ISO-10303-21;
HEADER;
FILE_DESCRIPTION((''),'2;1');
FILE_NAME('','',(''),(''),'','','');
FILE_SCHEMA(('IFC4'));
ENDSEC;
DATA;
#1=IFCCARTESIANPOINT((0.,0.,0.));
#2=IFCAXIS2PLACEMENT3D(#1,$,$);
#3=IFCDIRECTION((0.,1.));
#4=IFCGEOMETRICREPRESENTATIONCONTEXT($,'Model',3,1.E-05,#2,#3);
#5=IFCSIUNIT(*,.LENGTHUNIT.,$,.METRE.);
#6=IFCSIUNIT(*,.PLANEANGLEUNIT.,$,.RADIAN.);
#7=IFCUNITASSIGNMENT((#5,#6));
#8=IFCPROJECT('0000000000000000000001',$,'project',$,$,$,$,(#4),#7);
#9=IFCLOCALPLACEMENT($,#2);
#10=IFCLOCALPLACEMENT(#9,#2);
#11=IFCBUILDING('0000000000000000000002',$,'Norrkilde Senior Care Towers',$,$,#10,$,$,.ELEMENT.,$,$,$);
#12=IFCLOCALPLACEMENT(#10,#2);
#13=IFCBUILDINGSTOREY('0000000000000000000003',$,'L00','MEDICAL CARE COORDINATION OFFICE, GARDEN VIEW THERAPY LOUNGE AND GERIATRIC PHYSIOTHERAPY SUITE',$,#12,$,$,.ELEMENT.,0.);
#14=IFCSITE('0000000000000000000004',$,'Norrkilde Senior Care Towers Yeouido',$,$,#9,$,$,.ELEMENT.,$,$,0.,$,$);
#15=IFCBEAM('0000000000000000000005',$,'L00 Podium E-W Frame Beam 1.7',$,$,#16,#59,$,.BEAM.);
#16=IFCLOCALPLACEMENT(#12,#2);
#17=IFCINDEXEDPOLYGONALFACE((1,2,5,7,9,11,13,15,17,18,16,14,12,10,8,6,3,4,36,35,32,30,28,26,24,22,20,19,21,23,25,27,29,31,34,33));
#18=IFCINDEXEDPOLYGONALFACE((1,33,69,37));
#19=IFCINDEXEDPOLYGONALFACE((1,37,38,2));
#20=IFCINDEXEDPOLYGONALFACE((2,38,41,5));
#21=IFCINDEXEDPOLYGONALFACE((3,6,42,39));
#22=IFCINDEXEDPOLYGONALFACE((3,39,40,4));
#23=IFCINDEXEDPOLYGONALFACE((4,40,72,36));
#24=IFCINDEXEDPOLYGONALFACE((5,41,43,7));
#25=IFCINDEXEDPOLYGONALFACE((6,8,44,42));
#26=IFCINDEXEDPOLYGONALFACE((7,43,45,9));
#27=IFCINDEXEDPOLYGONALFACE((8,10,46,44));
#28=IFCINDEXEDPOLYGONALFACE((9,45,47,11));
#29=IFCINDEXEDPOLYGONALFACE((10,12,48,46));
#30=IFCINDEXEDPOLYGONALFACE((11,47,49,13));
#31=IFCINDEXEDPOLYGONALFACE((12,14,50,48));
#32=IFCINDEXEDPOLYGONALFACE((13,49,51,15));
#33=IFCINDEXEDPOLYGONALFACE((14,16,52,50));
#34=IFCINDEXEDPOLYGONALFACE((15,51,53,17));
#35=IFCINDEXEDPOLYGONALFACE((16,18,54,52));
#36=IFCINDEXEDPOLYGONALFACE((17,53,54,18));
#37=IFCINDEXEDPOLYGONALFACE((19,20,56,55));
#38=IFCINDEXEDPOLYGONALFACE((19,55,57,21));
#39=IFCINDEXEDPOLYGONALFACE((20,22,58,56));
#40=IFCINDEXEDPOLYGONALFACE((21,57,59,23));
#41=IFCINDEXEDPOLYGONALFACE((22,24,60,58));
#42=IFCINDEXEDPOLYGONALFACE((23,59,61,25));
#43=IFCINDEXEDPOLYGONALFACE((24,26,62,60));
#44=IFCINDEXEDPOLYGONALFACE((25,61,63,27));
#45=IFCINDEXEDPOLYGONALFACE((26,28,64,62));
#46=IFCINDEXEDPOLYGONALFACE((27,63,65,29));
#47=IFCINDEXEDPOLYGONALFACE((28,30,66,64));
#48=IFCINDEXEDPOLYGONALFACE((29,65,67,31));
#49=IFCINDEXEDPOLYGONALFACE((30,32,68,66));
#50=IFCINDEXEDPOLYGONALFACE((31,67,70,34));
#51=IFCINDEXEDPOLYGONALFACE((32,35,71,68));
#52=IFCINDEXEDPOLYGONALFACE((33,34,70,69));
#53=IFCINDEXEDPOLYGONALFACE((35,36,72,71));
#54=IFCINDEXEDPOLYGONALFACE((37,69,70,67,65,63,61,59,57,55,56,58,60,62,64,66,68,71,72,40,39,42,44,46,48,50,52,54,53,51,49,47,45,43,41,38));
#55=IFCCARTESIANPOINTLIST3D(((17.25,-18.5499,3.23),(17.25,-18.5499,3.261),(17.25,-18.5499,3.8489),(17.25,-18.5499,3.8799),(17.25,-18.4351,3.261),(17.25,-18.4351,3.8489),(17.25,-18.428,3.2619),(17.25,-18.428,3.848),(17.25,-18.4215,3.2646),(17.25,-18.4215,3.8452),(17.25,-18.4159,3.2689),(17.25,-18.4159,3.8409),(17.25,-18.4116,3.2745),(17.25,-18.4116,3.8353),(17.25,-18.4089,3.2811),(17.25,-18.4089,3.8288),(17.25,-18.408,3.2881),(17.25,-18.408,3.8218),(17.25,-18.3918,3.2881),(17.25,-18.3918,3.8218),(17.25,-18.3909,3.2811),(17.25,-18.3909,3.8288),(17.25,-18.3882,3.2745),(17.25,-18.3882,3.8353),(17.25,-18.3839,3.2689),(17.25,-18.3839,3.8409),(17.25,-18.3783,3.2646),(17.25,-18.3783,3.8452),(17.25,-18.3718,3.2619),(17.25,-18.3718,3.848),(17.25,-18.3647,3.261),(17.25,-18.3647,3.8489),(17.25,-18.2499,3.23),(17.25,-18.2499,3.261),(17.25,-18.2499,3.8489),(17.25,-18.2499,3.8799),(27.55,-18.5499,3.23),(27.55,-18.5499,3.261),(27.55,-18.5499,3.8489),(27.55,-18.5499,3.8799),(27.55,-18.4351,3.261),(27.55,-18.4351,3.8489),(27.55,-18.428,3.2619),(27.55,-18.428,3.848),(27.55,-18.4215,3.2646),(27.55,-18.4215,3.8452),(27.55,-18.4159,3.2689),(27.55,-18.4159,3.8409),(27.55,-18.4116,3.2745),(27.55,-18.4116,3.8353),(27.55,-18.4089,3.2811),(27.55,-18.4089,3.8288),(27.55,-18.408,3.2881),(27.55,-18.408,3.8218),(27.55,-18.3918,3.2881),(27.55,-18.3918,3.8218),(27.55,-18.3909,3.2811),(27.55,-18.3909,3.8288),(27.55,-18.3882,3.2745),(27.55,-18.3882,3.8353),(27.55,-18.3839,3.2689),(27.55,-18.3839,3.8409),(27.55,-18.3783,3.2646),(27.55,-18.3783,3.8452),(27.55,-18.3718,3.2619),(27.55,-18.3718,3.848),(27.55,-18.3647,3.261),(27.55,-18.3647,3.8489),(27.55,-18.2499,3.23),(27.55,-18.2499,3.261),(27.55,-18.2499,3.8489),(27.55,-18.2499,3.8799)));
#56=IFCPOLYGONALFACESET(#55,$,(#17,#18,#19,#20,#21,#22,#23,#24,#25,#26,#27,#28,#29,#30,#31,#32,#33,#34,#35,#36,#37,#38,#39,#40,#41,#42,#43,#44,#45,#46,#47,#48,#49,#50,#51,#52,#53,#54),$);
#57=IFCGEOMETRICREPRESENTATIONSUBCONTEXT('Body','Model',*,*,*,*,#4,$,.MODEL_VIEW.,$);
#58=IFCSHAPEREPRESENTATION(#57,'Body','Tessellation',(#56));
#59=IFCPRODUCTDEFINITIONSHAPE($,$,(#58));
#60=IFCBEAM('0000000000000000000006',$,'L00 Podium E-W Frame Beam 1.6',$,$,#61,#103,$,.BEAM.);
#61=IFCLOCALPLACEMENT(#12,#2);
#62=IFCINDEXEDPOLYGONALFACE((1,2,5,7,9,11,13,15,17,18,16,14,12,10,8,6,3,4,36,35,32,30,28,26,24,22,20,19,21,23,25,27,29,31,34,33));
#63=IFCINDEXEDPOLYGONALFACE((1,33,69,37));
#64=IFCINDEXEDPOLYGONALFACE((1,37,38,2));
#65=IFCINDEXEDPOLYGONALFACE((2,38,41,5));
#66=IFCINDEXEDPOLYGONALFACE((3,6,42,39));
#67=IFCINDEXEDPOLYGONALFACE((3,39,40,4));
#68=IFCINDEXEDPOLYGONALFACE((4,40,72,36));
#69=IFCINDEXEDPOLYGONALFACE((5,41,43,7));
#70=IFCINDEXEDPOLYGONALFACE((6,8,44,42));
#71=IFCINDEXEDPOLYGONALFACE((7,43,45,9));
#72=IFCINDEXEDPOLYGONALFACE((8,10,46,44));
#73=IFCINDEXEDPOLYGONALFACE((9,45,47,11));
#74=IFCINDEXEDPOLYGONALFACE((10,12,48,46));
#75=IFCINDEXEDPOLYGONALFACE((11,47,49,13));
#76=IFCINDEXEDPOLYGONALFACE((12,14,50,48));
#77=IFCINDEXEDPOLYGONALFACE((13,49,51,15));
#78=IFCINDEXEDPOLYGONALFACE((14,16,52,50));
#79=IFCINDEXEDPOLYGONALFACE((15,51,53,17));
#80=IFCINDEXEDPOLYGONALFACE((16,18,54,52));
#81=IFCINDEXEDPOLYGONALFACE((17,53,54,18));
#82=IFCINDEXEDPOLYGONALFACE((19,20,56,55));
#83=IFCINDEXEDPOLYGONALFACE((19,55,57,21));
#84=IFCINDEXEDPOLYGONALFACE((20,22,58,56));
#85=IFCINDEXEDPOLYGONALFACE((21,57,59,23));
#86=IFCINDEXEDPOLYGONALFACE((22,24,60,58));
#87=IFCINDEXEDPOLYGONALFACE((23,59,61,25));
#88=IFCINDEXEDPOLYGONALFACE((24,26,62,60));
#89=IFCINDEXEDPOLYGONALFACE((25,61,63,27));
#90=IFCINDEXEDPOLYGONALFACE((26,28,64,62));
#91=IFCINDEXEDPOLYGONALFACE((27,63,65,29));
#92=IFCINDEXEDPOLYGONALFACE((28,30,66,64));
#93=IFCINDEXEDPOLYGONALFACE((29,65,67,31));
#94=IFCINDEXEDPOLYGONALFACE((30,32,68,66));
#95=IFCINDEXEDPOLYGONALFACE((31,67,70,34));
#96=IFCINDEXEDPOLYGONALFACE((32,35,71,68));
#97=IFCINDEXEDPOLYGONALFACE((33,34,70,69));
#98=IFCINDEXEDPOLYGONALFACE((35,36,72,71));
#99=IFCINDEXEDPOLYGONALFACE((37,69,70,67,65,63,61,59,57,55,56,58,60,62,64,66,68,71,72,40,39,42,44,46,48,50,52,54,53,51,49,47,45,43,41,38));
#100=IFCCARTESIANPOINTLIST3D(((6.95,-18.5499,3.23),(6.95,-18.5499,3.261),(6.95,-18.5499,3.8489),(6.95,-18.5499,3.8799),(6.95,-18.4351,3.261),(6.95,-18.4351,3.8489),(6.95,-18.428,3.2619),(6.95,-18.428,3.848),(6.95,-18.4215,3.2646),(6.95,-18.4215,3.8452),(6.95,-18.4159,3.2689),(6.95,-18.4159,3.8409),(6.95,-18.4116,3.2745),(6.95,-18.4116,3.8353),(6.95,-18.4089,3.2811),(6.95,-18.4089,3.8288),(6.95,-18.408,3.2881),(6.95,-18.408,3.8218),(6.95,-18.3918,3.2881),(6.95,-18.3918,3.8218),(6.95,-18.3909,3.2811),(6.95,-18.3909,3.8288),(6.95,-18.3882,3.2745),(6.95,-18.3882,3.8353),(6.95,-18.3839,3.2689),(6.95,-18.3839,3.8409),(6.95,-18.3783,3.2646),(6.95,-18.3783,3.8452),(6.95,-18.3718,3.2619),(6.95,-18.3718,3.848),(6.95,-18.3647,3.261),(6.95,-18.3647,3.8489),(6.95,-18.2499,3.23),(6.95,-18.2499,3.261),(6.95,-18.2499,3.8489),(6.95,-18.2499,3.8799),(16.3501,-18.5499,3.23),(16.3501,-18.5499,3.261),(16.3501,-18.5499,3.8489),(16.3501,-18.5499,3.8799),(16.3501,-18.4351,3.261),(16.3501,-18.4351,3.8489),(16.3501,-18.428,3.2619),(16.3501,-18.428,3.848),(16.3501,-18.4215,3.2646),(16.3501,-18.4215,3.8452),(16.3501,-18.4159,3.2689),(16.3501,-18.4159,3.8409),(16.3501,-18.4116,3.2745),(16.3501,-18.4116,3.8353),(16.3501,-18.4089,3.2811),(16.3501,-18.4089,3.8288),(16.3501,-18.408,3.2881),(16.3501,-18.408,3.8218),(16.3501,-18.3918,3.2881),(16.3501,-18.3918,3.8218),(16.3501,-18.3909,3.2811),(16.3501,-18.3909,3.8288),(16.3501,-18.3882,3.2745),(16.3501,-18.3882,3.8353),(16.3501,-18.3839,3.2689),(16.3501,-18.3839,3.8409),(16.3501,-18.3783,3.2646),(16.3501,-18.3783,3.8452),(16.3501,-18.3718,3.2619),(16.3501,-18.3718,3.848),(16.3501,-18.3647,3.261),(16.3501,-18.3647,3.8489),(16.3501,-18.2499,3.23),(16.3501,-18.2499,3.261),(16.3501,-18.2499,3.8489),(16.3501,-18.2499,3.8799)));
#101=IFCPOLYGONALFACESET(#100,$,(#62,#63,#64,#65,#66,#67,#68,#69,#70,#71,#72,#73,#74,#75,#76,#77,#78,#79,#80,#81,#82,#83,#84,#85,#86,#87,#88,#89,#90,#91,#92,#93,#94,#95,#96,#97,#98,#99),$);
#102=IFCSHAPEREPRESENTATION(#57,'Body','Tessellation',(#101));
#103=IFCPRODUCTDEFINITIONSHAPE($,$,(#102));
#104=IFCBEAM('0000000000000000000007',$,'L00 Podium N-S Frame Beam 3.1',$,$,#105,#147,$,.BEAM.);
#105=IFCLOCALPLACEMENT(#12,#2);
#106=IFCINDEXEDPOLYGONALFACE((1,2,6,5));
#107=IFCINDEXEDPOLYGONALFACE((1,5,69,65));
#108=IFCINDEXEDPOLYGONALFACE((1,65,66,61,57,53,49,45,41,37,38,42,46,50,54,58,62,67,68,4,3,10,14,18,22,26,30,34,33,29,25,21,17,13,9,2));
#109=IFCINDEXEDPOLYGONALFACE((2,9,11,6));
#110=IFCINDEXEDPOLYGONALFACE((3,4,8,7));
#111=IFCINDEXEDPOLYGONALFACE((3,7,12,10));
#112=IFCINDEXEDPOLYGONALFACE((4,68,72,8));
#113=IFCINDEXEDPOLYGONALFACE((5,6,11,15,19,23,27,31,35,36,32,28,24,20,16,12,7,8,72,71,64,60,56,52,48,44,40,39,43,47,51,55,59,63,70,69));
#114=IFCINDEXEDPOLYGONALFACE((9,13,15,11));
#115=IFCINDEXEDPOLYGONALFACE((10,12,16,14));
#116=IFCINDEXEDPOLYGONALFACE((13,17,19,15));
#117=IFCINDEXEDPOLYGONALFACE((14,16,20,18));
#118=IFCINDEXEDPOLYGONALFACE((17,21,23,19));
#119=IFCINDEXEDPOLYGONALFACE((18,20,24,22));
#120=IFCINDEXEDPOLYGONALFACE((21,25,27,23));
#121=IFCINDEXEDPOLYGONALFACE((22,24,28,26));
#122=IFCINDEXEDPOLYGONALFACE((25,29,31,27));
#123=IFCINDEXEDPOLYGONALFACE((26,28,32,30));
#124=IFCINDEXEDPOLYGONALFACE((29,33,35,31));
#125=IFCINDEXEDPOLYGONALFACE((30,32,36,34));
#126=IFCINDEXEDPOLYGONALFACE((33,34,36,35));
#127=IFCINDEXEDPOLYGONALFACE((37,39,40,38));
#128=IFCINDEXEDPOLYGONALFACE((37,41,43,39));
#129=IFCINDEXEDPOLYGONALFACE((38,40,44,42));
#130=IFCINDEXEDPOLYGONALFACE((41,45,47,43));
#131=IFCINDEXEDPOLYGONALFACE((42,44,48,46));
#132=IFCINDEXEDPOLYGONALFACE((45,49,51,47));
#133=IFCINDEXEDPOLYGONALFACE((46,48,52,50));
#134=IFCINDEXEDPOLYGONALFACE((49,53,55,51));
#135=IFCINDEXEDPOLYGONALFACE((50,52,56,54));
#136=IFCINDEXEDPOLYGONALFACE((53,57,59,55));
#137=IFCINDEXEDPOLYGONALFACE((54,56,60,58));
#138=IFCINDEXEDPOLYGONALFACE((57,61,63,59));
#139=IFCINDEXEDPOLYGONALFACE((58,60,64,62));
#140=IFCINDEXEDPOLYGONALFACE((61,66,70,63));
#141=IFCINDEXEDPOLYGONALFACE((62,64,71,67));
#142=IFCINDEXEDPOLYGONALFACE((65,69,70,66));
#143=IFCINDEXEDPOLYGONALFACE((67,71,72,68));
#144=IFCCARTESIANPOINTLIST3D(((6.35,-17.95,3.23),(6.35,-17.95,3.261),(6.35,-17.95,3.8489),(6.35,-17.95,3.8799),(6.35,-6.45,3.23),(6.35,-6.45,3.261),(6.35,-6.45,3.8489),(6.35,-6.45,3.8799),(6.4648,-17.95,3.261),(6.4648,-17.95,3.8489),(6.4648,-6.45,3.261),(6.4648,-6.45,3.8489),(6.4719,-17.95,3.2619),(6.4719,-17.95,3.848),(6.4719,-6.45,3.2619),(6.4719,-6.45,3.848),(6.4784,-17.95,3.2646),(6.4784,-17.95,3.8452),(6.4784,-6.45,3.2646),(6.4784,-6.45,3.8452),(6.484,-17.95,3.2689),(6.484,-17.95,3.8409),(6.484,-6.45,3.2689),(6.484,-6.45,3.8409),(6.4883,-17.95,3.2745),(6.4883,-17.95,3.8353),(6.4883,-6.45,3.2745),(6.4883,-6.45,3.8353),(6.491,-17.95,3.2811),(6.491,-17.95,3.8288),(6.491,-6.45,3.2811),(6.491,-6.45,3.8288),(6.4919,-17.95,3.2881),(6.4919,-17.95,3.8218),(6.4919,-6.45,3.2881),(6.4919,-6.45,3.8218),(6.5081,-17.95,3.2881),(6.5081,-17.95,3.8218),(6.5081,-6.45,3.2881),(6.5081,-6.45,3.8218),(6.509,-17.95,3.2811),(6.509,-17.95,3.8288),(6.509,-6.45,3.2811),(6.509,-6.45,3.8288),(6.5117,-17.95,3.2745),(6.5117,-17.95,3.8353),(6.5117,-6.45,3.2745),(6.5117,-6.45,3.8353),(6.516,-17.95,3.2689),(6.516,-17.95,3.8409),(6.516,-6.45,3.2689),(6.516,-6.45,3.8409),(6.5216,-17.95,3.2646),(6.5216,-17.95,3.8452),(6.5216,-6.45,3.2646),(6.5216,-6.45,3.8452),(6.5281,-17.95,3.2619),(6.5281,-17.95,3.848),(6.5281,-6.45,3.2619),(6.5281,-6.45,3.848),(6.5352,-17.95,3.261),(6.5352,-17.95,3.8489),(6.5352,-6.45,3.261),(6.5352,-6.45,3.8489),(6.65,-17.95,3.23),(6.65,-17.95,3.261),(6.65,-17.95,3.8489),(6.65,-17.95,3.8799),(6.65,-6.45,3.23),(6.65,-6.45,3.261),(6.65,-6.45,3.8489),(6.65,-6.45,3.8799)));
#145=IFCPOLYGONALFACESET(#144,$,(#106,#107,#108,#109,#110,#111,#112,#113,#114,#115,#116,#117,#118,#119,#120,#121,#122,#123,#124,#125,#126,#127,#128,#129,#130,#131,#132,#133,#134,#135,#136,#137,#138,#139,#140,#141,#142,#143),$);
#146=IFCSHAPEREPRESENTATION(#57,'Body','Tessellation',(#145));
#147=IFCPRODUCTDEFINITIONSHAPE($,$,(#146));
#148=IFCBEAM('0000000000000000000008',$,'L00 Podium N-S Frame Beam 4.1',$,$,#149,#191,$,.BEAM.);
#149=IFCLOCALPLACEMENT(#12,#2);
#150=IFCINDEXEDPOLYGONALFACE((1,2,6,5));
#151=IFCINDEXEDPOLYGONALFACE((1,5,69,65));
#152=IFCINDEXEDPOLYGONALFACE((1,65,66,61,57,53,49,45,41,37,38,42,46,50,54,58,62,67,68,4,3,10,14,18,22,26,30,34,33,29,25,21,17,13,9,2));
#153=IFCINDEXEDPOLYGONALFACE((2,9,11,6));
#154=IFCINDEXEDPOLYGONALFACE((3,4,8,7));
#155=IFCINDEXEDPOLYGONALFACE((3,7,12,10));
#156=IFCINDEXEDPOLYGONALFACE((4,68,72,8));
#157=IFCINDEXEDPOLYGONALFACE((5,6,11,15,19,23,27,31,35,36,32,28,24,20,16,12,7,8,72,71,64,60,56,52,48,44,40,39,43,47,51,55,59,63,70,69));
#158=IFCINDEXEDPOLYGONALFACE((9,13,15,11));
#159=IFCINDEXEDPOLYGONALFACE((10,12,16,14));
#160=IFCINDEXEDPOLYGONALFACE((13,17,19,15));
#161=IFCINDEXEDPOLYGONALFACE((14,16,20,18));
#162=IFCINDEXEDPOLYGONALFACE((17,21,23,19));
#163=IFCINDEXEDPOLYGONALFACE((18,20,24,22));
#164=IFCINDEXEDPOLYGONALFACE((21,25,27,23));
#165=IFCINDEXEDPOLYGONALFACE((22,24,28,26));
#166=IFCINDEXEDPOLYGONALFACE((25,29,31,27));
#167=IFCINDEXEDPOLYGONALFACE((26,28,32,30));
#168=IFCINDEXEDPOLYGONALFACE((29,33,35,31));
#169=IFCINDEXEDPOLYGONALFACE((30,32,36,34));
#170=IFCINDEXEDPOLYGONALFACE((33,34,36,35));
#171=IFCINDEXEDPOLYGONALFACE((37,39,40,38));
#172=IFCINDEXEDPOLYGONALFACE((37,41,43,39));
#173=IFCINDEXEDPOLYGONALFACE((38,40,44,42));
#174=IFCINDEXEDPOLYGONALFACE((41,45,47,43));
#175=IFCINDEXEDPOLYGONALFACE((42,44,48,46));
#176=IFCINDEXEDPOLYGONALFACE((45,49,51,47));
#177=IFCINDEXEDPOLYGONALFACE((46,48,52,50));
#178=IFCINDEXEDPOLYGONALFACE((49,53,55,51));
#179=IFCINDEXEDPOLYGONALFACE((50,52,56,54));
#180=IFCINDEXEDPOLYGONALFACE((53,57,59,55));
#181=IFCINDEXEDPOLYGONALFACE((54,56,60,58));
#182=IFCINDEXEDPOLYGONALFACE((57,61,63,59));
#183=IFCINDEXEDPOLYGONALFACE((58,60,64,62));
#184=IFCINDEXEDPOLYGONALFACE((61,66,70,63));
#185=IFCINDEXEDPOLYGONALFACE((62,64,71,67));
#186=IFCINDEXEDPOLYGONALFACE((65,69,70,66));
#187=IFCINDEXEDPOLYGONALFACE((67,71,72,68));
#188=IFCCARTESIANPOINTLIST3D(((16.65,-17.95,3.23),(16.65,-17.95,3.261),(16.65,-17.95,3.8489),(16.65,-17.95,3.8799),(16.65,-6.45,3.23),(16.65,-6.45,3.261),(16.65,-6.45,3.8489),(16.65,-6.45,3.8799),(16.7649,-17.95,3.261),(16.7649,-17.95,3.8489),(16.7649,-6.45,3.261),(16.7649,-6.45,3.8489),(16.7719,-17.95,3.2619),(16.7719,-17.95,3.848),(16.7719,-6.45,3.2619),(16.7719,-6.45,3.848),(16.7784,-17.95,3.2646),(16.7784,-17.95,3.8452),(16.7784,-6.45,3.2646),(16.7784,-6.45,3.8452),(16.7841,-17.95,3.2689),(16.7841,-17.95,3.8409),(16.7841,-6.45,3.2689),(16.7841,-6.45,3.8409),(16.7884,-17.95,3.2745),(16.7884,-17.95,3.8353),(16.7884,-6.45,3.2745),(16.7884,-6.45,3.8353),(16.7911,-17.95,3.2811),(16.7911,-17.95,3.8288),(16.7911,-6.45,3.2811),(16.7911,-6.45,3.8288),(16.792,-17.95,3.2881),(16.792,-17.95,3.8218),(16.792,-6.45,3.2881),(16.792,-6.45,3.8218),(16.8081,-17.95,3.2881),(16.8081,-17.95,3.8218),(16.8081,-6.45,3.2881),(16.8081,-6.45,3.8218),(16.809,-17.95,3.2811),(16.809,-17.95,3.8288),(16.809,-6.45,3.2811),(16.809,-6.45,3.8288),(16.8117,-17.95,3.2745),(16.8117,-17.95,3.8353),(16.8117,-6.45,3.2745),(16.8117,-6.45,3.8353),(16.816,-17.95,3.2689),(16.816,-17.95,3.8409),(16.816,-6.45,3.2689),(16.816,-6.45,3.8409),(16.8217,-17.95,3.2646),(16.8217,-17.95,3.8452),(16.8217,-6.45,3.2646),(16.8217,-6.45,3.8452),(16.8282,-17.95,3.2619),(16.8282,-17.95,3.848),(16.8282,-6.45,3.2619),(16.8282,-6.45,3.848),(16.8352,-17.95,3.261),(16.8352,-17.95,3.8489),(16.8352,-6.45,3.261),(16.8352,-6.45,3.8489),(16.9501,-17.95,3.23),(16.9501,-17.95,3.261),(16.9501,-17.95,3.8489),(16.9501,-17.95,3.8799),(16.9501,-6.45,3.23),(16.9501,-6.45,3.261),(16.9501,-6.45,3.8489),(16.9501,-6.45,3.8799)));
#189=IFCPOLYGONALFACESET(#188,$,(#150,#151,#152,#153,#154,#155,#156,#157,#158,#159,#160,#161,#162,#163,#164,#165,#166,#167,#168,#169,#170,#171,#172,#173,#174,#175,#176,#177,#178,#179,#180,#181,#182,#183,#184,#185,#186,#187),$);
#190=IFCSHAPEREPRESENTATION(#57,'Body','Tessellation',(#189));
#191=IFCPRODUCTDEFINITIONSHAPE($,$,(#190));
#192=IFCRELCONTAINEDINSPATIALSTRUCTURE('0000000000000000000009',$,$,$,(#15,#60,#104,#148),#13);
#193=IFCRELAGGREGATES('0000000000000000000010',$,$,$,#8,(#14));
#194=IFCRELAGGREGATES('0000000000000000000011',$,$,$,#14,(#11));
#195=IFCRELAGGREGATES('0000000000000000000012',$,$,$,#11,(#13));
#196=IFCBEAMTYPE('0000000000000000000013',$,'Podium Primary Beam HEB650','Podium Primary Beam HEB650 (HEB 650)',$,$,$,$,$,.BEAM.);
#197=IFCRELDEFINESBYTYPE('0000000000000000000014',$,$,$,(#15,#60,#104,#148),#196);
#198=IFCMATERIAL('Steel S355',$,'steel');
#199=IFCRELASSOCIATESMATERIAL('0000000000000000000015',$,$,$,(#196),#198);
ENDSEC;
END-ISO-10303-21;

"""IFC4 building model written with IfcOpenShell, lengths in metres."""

from ifc_helpers import new_model, si_unit, direction, frame, origin, origin_2d, place, context, subcontext, project, spatial, i_section, extrude, source, transform, mapped, material, material_profile, profile_set, type_object, type_shapes, element, save


model = new_model("IFC4")

# Units and contexts
model_context = context("Model", 3, precision=1e-05, world=origin(), true_north=direction((0.0, 1.0)))
body_context = subcontext(model_context, "Body", "Model", "MODEL_VIEW")
ifc_project = project(units=[si_unit("LENGTHUNIT", "METRE"), si_unit("PLANEANGLEUNIT", "RADIAN")], contexts=[model_context])

# Site, building, storey
site_placement = place(None, origin())
site = spatial("IfcSite", under=ifc_project, at=site_placement, Name="Norrkilde Senior Care Towers Yeouido", CompositionType="ELEMENT", RefElevation=0.0)
building_placement = place(site_placement, origin())
building = spatial("IfcBuilding", under=site, at=building_placement, Name="Norrkilde Senior Care Towers", CompositionType="ELEMENT")
storey_placement = place(building_placement, origin())
storey = spatial("IfcBuildingStorey", under=building, at=storey_placement, Name="L00", Description="MEDICAL CARE COORDINATION OFFICE, GARDEN VIEW THERAPY LOUNGE AND GERIATRIC PHYSIOTHERAPY SUITE", CompositionType="ELEMENT", Elevation=0.0)

# Beams
ifc_material_1 = material(Name="Steel S355", Category="steel")
ifc_material_profile_1 = material_profile(ifc_material_1, i_section(OverallWidth=0.3, OverallDepth=0.6499, WebThickness=0.0161, FlangeThickness=0.031, FilletRadius=0.0271, at=origin_2d()), Name="HEB 650")
ifc_profile_set_1 = profile_set([ifc_material_profile_1], Name="Steel S355")
beam_type_1 = type_object("IfcBeamType", Name="Podium Primary Beam HEB650", Description="Podium Primary Beam HEB650 (HEB 650)", PredefinedType="BEAM", material=ifc_profile_set_1)
shared_shape_1 = source(origin(), body_context, "Body", "SweptSolid", [
    extrude(i_section(OverallWidth=0.3, OverallDepth=0.6499, WebThickness=0.0161, FlangeThickness=0.031, FilletRadius=0.0271, at=origin_2d()), origin(), (0.0, 0.0, 1.0), 10.3),
])
beam_1_placement = place(storey_placement, frame((17.25, -18.3999, 3.5549), z_axis=(1.0, 0.0, 0.0), x_axis=(0.0, 1.0, 0.0)))
element("IfcBeam", 1, at=beam_1_placement, inside=storey, type_object=beam_type_1, Name="L00 Podium E-W Frame Beam 1.7", PredefinedType="BEAM", context=body_context, shape_type="MappedRepresentation", body=[
    mapped(shared_shape_1, transform((0.0, 0.0, 0.0), x_axis=(1.0, 0.0, 0.0), y_axis=(0.0, 1.0, 0.0), z_axis=(0.0, 0.0, 1.0), scale=1.0)),
])
shared_shape_2 = source(origin(), body_context, "Body", "SweptSolid", [
    extrude(i_section(OverallWidth=0.3, OverallDepth=0.6499, WebThickness=0.0161, FlangeThickness=0.031, FilletRadius=0.0271, at=origin_2d()), origin(), (0.0, 0.0, 1.0), 9.4001),
])
beam_2_placement = place(storey_placement, frame((6.95, -18.3999, 3.5549), z_axis=(1.0, 0.0, 0.0), x_axis=(0.0, 1.0, 0.0)))
element("IfcBeam", 2, at=beam_2_placement, inside=storey, type_object=beam_type_1, Name="L00 Podium E-W Frame Beam 1.6", PredefinedType="BEAM", context=body_context, shape_type="MappedRepresentation", body=[
    mapped(shared_shape_2, transform((0.0, 0.0, 0.0), x_axis=(1.0, 0.0, 0.0), y_axis=(0.0, 1.0, 0.0), z_axis=(0.0, 0.0, 1.0), scale=1.0)),
])
shared_shape_3 = source(origin(), body_context, "Body", "SweptSolid", [
    extrude(i_section(OverallWidth=0.3, OverallDepth=0.6499, WebThickness=0.0161, FlangeThickness=0.031, FilletRadius=0.0271, at=origin_2d()), origin(), (0.0, 0.0, 1.0), 11.5),
])
type_shapes(beam_type_1, [shared_shape_1, shared_shape_2, shared_shape_3])
for number, where, z_axis, x_axis, name in (
    (3, (6.5, -17.95, 3.5549), (0.0, 1.0, 0.0), (-1.0, 0.0, 0.0), "L00 Podium N-S Frame Beam 3.1"),
    (4, (16.8, -17.95, 3.5549), (0.0, 1.0, 0.0), (-1.0, 0.0, 0.0), "L00 Podium N-S Frame Beam 4.1"),
):
    element("IfcBeam", number, at=place(storey_placement, frame(where, z_axis=z_axis, x_axis=x_axis)), inside=storey, type_object=beam_type_1, Name=name, PredefinedType="BEAM", context=body_context, shape_type="MappedRepresentation", body=[
        mapped(shared_shape_3, transform((0.0, 0.0, 0.0), x_axis=(1.0, 0.0, 0.0), y_axis=(0.0, 1.0, 0.0), z_axis=(0.0, 0.0, 1.0), scale=1.0)),
    ])

save(model, "model.ifc")
